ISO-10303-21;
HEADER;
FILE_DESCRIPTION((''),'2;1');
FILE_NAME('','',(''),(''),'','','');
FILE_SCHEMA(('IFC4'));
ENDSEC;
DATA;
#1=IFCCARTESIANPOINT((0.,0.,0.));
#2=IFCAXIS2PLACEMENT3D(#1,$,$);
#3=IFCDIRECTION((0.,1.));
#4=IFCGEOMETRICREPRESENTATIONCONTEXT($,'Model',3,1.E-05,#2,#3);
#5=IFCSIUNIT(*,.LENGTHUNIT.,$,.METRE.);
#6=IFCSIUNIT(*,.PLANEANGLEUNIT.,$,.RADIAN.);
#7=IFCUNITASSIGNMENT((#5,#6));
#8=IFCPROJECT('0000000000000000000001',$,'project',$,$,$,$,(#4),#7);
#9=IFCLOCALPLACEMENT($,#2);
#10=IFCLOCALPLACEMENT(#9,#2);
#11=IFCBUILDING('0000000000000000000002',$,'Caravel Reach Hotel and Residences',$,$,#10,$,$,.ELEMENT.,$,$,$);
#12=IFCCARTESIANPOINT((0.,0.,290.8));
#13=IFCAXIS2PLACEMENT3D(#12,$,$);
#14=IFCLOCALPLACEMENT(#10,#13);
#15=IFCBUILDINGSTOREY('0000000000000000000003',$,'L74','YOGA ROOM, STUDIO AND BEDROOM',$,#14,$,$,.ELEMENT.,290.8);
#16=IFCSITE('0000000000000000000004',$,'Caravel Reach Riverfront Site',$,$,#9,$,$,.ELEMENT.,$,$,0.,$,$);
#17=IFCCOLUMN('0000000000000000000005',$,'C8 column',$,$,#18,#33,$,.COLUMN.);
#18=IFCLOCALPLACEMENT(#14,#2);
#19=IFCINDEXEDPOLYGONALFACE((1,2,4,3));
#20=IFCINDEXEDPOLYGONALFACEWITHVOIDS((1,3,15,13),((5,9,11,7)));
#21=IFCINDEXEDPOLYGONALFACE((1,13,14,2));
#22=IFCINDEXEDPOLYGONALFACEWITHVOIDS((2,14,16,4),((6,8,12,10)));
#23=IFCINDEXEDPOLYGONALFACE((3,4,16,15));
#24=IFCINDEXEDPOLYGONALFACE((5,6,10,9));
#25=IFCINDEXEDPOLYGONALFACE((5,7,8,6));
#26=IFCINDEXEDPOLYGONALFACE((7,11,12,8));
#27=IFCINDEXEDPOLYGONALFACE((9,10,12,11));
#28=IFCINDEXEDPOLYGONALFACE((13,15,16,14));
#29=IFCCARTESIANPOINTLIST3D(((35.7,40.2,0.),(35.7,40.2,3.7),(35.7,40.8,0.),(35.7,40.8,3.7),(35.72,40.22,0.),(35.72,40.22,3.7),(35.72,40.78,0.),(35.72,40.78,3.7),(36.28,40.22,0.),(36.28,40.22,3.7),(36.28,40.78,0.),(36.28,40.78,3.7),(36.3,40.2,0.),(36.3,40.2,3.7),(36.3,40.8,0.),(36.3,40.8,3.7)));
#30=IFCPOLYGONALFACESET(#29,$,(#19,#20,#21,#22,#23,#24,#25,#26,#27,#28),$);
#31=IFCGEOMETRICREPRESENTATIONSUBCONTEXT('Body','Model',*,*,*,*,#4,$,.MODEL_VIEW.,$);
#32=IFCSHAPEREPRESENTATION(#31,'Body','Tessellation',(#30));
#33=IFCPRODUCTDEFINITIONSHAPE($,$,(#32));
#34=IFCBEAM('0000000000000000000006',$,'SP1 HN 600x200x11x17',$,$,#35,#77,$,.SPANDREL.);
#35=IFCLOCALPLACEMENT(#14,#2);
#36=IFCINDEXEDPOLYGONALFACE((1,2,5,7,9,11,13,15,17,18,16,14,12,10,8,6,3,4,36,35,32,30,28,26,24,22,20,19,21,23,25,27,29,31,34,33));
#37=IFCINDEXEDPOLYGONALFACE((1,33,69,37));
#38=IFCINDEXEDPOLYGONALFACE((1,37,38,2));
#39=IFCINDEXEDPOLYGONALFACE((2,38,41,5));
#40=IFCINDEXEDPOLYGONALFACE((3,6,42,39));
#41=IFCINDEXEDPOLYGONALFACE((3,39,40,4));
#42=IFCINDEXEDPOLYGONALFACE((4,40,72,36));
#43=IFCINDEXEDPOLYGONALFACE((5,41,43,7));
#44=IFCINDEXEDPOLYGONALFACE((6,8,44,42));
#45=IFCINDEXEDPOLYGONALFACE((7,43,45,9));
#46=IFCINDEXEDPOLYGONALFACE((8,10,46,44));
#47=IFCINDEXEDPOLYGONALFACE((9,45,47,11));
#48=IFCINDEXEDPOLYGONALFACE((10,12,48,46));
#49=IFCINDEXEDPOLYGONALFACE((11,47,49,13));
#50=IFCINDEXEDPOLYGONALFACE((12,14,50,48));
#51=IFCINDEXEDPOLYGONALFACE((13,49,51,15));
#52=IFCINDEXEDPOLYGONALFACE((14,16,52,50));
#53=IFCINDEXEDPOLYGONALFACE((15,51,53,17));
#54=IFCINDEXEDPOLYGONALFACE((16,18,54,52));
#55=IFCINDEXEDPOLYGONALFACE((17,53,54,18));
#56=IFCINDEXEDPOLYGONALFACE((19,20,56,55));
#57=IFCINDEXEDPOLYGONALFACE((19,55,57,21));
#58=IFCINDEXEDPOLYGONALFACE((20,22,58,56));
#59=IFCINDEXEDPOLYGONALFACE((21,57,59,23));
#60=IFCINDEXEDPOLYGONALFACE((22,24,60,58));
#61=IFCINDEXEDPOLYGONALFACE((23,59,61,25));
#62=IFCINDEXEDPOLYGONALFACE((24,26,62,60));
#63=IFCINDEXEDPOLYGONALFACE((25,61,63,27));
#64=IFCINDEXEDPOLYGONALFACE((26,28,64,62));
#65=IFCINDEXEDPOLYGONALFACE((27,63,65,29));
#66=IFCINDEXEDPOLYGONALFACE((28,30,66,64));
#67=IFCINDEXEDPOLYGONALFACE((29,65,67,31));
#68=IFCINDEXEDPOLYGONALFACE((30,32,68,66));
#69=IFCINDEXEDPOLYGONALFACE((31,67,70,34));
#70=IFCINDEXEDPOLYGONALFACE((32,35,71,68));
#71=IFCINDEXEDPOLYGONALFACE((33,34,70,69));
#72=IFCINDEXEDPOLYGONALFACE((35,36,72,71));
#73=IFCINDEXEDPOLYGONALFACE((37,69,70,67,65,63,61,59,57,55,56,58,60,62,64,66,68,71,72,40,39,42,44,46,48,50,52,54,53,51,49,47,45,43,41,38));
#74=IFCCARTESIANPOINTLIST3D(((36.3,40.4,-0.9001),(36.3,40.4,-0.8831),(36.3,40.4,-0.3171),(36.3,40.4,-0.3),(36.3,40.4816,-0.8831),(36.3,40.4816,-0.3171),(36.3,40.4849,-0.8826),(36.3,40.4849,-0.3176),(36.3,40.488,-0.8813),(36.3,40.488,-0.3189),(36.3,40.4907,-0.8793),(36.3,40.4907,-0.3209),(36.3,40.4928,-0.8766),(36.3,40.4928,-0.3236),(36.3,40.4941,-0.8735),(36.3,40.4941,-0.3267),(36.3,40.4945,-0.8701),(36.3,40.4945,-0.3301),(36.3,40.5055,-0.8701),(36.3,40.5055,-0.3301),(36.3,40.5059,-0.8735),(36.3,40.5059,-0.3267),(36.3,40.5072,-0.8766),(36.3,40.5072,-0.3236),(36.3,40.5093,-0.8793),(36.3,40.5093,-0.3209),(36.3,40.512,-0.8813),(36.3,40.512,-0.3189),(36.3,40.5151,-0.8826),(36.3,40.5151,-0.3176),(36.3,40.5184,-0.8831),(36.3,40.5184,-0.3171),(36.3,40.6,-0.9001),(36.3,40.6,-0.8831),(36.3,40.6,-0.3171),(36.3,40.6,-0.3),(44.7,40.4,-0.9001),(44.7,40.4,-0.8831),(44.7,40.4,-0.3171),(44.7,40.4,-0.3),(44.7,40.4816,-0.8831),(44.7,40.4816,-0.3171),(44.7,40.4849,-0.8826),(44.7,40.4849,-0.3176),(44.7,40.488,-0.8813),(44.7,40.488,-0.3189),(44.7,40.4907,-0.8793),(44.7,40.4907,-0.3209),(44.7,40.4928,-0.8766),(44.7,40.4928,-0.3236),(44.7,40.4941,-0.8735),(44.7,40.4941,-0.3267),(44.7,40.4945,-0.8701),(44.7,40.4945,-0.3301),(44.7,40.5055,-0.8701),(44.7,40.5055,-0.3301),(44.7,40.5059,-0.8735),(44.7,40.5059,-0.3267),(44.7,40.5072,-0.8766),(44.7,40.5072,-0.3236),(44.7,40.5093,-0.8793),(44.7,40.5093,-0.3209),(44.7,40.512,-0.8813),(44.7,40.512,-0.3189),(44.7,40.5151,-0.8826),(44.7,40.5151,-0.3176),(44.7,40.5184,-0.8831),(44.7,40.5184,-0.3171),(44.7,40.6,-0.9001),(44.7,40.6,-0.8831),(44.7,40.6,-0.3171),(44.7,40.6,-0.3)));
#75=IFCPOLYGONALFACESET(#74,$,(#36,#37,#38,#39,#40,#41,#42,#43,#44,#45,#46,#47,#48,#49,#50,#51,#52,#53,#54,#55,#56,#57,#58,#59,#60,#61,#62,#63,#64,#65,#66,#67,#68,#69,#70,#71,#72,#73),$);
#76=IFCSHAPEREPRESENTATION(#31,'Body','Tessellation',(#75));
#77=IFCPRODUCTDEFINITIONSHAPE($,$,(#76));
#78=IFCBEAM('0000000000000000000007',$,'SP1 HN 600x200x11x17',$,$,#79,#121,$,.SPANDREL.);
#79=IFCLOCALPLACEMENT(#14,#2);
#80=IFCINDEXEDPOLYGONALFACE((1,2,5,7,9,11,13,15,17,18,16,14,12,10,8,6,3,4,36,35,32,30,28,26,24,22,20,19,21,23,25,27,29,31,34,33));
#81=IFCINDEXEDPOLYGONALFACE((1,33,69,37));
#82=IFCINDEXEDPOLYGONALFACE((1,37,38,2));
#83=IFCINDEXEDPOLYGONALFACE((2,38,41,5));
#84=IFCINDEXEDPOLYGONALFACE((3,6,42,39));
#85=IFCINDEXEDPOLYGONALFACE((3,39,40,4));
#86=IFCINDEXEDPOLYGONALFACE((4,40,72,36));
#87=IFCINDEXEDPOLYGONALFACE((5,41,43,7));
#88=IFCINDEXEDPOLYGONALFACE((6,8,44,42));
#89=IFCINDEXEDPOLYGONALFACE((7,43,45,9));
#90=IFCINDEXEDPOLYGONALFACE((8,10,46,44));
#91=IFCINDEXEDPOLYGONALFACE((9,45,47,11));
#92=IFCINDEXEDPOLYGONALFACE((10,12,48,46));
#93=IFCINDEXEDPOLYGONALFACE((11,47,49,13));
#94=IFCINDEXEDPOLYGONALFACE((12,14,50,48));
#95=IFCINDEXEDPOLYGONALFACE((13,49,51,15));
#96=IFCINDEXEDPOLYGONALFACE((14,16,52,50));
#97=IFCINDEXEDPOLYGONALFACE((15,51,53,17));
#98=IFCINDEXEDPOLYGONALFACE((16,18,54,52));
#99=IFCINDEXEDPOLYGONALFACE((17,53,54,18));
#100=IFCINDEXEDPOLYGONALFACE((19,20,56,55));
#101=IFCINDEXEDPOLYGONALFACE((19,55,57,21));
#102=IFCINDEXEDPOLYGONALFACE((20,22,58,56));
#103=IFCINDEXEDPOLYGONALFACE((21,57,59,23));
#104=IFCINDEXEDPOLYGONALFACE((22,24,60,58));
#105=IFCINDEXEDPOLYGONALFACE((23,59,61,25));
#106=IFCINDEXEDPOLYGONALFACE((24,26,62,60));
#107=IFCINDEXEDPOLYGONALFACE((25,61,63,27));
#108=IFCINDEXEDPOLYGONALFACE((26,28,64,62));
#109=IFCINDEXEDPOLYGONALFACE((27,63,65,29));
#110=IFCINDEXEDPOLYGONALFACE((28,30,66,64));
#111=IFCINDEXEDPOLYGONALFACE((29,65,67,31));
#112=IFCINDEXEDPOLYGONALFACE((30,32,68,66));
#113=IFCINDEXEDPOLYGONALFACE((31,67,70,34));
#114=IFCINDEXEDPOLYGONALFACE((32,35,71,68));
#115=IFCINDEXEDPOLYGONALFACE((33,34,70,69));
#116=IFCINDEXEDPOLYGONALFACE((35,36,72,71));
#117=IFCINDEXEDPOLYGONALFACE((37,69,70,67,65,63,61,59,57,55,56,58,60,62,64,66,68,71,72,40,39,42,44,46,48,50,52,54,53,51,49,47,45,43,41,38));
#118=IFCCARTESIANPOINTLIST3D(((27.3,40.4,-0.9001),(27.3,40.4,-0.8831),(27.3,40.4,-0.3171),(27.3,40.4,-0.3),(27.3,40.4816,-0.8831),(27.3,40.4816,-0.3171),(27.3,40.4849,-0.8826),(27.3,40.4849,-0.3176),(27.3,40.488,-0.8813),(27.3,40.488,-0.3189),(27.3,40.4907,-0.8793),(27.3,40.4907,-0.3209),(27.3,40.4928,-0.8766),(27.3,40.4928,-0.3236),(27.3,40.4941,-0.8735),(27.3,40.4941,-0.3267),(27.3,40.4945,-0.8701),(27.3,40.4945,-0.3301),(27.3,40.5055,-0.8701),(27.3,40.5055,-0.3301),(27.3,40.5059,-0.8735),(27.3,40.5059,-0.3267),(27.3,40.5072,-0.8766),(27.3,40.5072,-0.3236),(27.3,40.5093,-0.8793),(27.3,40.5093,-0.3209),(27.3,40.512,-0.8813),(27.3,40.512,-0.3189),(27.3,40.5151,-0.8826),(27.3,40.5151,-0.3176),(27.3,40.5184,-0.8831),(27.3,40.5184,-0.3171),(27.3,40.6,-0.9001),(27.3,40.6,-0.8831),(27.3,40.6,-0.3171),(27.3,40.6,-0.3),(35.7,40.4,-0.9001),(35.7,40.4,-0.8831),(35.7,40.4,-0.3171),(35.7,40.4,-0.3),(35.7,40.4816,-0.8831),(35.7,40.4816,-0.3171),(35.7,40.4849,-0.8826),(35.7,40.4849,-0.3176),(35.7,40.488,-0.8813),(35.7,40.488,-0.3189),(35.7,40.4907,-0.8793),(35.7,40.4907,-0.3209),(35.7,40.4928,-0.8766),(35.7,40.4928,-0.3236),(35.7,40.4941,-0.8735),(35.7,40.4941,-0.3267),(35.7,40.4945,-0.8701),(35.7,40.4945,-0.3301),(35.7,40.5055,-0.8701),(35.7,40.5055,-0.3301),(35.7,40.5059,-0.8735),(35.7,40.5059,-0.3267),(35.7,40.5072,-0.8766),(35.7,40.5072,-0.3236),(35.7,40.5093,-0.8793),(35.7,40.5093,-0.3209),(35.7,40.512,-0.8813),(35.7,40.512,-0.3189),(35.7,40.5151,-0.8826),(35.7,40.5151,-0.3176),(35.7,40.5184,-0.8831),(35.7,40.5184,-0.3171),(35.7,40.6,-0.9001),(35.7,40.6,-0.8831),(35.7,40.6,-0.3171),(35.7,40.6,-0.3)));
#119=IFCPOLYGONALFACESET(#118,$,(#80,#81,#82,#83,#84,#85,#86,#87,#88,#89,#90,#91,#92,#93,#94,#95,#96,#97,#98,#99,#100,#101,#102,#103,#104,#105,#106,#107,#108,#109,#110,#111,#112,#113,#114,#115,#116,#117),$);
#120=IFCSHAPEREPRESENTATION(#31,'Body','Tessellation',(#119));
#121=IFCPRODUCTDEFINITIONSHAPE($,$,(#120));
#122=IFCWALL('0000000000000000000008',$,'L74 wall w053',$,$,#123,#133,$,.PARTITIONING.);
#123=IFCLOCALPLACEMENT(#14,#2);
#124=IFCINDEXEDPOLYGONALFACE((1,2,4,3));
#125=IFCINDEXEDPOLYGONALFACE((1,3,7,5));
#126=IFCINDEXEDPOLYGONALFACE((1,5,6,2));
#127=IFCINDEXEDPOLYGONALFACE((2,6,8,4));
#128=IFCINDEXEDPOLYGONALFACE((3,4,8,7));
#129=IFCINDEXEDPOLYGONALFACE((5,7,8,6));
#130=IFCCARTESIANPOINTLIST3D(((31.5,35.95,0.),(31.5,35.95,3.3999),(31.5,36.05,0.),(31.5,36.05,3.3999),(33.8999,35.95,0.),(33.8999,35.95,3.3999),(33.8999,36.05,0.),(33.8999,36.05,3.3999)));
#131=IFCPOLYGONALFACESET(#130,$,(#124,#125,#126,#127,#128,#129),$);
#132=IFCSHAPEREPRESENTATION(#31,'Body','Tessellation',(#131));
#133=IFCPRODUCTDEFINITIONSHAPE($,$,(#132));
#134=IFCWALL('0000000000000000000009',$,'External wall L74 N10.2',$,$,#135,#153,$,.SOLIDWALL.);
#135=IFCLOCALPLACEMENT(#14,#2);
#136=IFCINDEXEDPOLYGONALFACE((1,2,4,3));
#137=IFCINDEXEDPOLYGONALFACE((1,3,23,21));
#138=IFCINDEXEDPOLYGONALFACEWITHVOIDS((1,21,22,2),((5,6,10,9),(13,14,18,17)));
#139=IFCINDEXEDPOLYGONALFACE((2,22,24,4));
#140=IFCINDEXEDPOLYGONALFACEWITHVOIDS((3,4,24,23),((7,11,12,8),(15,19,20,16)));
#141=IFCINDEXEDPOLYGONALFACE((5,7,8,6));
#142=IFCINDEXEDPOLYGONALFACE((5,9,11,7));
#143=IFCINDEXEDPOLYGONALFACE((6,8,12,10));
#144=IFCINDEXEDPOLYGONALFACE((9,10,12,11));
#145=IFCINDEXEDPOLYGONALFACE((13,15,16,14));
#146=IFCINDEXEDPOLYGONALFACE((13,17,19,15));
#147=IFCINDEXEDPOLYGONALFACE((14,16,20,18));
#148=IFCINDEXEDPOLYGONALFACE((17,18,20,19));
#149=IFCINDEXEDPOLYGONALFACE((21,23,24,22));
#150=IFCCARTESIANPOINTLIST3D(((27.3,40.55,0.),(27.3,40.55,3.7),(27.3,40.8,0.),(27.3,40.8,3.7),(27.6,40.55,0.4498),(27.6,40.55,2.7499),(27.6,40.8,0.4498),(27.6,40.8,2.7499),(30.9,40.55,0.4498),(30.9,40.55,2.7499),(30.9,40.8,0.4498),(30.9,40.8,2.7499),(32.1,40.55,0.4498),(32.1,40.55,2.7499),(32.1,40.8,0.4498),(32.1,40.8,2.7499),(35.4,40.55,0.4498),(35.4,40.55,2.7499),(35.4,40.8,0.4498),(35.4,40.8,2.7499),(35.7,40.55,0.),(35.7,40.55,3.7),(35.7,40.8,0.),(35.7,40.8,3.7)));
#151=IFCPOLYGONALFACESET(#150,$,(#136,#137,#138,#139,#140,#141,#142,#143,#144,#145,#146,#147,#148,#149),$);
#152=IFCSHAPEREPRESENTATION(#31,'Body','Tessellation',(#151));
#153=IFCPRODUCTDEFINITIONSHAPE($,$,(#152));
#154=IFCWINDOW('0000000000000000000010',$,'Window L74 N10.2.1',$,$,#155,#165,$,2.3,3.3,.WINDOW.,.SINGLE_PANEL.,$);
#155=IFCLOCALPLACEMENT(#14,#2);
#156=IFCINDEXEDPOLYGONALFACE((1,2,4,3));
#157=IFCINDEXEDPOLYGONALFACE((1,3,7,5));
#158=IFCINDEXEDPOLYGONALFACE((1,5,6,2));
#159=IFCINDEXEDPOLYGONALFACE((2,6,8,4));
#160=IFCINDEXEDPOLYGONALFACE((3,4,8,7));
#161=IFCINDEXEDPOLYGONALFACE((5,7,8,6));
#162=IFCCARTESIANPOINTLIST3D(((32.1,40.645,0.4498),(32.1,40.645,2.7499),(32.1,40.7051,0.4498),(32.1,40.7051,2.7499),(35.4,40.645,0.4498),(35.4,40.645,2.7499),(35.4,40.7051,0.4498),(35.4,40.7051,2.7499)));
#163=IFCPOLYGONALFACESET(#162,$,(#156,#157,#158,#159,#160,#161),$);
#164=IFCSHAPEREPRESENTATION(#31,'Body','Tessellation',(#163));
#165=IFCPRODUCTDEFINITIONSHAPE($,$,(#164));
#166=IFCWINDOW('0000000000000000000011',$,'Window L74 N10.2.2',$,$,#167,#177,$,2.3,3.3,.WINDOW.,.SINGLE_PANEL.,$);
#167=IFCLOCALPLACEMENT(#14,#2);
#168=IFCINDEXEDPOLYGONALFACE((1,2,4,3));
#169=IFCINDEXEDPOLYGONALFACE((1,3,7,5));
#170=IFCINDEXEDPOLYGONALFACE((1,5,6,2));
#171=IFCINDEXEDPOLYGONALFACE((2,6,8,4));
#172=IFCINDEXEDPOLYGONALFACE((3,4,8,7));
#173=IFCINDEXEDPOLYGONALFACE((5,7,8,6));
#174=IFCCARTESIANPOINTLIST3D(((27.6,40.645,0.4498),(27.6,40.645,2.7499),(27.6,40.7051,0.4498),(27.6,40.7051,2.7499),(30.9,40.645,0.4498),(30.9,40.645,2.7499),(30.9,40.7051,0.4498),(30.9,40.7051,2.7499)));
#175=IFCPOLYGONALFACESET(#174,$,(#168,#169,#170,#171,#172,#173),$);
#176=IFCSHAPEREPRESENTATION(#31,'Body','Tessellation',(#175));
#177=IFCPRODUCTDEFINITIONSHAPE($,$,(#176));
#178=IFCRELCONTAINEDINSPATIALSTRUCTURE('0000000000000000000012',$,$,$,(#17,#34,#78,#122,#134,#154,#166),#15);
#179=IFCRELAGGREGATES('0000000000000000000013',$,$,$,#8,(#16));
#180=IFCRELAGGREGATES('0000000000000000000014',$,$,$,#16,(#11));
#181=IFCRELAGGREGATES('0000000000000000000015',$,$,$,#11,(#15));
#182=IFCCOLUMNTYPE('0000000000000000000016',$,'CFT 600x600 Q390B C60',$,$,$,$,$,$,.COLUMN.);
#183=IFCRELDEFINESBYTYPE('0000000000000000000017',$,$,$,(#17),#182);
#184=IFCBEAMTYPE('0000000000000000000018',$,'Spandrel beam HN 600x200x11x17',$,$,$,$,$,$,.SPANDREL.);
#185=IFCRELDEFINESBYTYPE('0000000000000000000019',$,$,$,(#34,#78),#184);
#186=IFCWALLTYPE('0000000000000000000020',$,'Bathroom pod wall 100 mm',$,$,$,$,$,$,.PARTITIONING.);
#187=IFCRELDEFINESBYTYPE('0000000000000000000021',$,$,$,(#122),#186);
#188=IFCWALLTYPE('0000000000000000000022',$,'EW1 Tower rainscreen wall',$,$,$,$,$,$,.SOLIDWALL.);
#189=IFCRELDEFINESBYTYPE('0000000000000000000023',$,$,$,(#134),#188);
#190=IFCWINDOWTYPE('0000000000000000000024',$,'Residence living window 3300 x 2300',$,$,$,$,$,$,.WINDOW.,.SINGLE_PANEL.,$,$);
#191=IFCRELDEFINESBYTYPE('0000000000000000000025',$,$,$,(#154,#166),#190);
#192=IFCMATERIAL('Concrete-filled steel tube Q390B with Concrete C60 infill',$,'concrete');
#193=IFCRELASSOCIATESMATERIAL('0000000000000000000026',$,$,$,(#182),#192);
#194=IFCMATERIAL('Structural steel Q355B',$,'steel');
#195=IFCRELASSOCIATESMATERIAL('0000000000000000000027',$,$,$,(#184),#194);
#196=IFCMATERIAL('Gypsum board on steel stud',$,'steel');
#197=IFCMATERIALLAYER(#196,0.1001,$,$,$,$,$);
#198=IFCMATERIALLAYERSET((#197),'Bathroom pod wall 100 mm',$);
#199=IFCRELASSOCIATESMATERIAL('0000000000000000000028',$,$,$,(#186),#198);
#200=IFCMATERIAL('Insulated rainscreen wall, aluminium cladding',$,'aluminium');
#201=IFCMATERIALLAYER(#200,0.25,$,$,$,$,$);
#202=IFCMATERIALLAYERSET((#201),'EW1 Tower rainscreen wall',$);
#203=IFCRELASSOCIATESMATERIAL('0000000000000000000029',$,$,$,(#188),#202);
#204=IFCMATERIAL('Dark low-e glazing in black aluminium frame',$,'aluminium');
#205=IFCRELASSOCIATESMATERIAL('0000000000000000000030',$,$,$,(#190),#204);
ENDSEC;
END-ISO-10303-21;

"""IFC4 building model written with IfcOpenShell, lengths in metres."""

from ifc_helpers import new_model, si_unit, direction, frame, frame_2d, origin, origin_2d, place, context, subcontext, project, spatial, rectangle, hollow_rectangle, i_section, extrude, material, layer, layer_set, material_profile, profile_set, type_object, element, fill, save


model = new_model("IFC4")

# Units and contexts
model_context = context("Model", 3, precision=1e-05, world=origin(), true_north=direction((0.0, 1.0)))
body_context = subcontext(model_context, "Body", "Model", "MODEL_VIEW")
ifc_project = project(units=[si_unit("LENGTHUNIT", "METRE"), si_unit("PLANEANGLEUNIT", "RADIAN")], contexts=[model_context])

# Site, building, storey
site_placement = place(None, origin())
site = spatial("IfcSite", under=ifc_project, at=site_placement, Name="Caravel Reach Riverfront Site", CompositionType="ELEMENT", RefElevation=0.0)
building_placement = place(site_placement, origin())
building = spatial("IfcBuilding", under=site, at=building_placement, Name="Caravel Reach Hotel and Residences", CompositionType="ELEMENT")
storey_placement = place(building_placement, frame((0.0, 0.0, 290.8)))
storey = spatial("IfcBuildingStorey", under=building, at=storey_placement, Name="L74", Description="YOGA ROOM, STUDIO AND BEDROOM", CompositionType="ELEMENT", Elevation=290.8)

# Column
ifc_material_1 = material(Name="Concrete-filled steel tube Q390B with Concrete C60 infill", Category="concrete")
ifc_material_profile_1 = material_profile(ifc_material_1, hollow_rectangle(XDim=0.6001, YDim=0.6001, WallThickness=0.02, at=origin_2d()), Name="RHS 600x600x20")
ifc_profile_set_1 = profile_set([ifc_material_profile_1], Name="Concrete-filled steel tube Q390B with Concrete C60 infill")
column_type = type_object("IfcColumnType", Name="CFT 600x600 Q390B C60", PredefinedType="COLUMN", material=ifc_profile_set_1)
column_placement = place(storey_placement, frame((36.0, 40.5, 0.0), z_axis=(0.0, 0.0, 1.0), x_axis=(1.0, 0.0, 0.0)))
element("IfcColumn", 1, at=column_placement, inside=storey, type_object=column_type, Name="C8 column", PredefinedType="COLUMN", context=body_context, shape_type="SweptSolid", body=[
    extrude(hollow_rectangle(XDim=0.6001, YDim=0.6001, WallThickness=0.02, at=origin_2d()), origin(), (0.0, 0.0, 1.0), 3.7),
])

# Beams
ifc_material_2 = material(Name="Structural steel Q355B", Category="steel")
ifc_material_profile_2 = material_profile(ifc_material_2, i_section(OverallWidth=0.2, OverallDepth=0.6001, WebThickness=0.011, FlangeThickness=0.0171, FilletRadius=0.0129, at=origin_2d()), Name="HN 600x200x11x17")
ifc_profile_set_2 = profile_set([ifc_material_profile_2], Name="Structural steel Q355B")
beam_type = type_object("IfcBeamType", Name="Spandrel beam HN 600x200x11x17", PredefinedType="SPANDREL", material=ifc_profile_set_2)
for number, where, z_axis, x_axis, name in (
    (2, (44.7, 40.5, -0.6001), (-1.0, 0.0, 0.0), (0.0, -1.0, 0.0), "SP1 HN 600x200x11x17"),
    (3, (35.7, 40.5, -0.6001), (-1.0, 0.0, 0.0), (0.0, -1.0, 0.0), "SP1 HN 600x200x11x17"),
):
    element("IfcBeam", number, at=place(storey_placement, frame(where, z_axis=z_axis, x_axis=x_axis)), inside=storey, type_object=beam_type, Name=name, PredefinedType="SPANDREL", context=body_context, shape_type="SweptSolid", body=[
        extrude(i_section(OverallWidth=0.2, OverallDepth=0.6001, WebThickness=0.011, FlangeThickness=0.0171, FilletRadius=0.0129, at=origin_2d()), origin(), (0.0, 0.0, 1.0), 8.3999),
    ])

# Wall
ifc_material_3 = material(Name="Gypsum board on steel stud", Category="steel")
ifc_layer_1 = layer(ifc_material_3, 0.1001)
ifc_layer_set_1 = layer_set([ifc_layer_1], Name="Bathroom pod wall 100 mm")
wall_type_1 = type_object("IfcWallType", Name="Bathroom pod wall 100 mm", PredefinedType="PARTITIONING", material=ifc_layer_set_1)
wall_1_placement = place(storey_placement, frame((31.5, 36.0, 0.0), z_axis=(0.0, 0.0, 1.0), x_axis=(1.0, 0.0, 0.0)))
element("IfcWall", 4, at=wall_1_placement, inside=storey, type_object=wall_type_1, Name="L74 wall w053", PredefinedType="PARTITIONING", context=body_context, shape_type="SweptSolid", body=[
    extrude(rectangle(XDim=2.3999, YDim=0.1001, at=frame_2d((1.2, 0.0))), origin(), (0.0, 0.0, 1.0), 3.3999),
])

# Wall, openings, windows
ifc_material_4 = material(Name="Insulated rainscreen wall, aluminium cladding", Category="aluminium")
ifc_layer_2 = layer(ifc_material_4, 0.25)
ifc_layer_set_2 = layer_set([ifc_layer_2], Name="EW1 Tower rainscreen wall")
wall_type_2 = type_object("IfcWallType", Name="EW1 Tower rainscreen wall", PredefinedType="SOLIDWALL", material=ifc_layer_set_2)
wall_2_placement = place(storey_placement, frame((35.7, 40.675, 0.0), z_axis=(0.0, 0.0, 1.0), x_axis=(-1.0, 0.0, 0.0)))
wall_2 = element("IfcWall", 5, at=wall_2_placement, inside=storey, type_object=wall_type_2, Name="External wall L74 N10.2", PredefinedType="SOLIDWALL", context=body_context, shape_type="SweptSolid", body=[
    extrude(rectangle(XDim=8.3999, YDim=0.25, at=frame_2d((4.2, 0.0))), origin(), (0.0, 0.0, 1.0), 3.7),
])
opening_1_placement = place(wall_2_placement, frame((0.3, 0.0, 0.45)))
opening_1 = element("IfcOpeningElement", 6, at=opening_1_placement, cuts=wall_2, PredefinedType="OPENING", context=body_context, shape_type="SweptSolid", body=[
    extrude(rectangle(XDim=3.3, YDim=2.3, at=frame_2d((1.6499, 1.1499))), frame((0.0, 0.135, 0.0), z_axis=(0.0, -1.0, 0.0), x_axis=(1.0, 0.0, 0.0)), (0.0, 0.0, 1.0), 0.27),
])
opening_2_placement = place(wall_2_placement, frame((4.8, 0.0, 0.45)))
opening_2 = element("IfcOpeningElement", 7, at=opening_2_placement, cuts=wall_2, PredefinedType="OPENING", context=body_context, shape_type="SweptSolid", body=[
    extrude(rectangle(XDim=3.3, YDim=2.3, at=frame_2d((1.6499, 1.1499))), frame((0.0, 0.135, 0.0), z_axis=(0.0, -1.0, 0.0), x_axis=(1.0, 0.0, 0.0)), (0.0, 0.0, 1.0), 0.27),
])
ifc_material_5 = material(Name="Dark low-e glazing in black aluminium frame", Category="aluminium")
window_type = type_object("IfcWindowType", Name="Residence living window 3300 x 2300", PartitioningType="SINGLE_PANEL", PredefinedType="WINDOW", material=ifc_material_5)
window_1_placement = place(opening_1_placement, origin())
window_1 = element("IfcWindow", 8, at=window_1_placement, inside=storey, type_object=window_type, Name="Window L74 N10.2.1", OverallHeight=2.3, OverallWidth=3.3, PartitioningType="SINGLE_PANEL", PredefinedType="WINDOW", context=body_context, shape_type="SweptSolid", body=[
    extrude(rectangle(XDim=3.3, YDim=2.3, at=frame_2d((1.6499, 1.1499))), frame((0.0, 0.03, 0.0), z_axis=(0.0, -1.0, 0.0), x_axis=(1.0, 0.0, 0.0)), (0.0, 0.0, 1.0), 0.0601),
])
fill(opening_1, window_1)
window_2_placement = place(opening_2_placement, origin())
window_2 = element("IfcWindow", 9, at=window_2_placement, inside=storey, type_object=window_type, Name="Window L74 N10.2.2", OverallHeight=2.3, OverallWidth=3.3, PartitioningType="SINGLE_PANEL", PredefinedType="WINDOW", context=body_context, shape_type="SweptSolid", body=[
    extrude(rectangle(XDim=3.3, YDim=2.3, at=frame_2d((1.6499, 1.1499))), frame((0.0, 0.03, 0.0), z_axis=(0.0, -1.0, 0.0), x_axis=(1.0, 0.0, 0.0)), (0.0, 0.0, 1.0), 0.0601),
])
fill(opening_2, window_2)

save(model, "model.ifc")
